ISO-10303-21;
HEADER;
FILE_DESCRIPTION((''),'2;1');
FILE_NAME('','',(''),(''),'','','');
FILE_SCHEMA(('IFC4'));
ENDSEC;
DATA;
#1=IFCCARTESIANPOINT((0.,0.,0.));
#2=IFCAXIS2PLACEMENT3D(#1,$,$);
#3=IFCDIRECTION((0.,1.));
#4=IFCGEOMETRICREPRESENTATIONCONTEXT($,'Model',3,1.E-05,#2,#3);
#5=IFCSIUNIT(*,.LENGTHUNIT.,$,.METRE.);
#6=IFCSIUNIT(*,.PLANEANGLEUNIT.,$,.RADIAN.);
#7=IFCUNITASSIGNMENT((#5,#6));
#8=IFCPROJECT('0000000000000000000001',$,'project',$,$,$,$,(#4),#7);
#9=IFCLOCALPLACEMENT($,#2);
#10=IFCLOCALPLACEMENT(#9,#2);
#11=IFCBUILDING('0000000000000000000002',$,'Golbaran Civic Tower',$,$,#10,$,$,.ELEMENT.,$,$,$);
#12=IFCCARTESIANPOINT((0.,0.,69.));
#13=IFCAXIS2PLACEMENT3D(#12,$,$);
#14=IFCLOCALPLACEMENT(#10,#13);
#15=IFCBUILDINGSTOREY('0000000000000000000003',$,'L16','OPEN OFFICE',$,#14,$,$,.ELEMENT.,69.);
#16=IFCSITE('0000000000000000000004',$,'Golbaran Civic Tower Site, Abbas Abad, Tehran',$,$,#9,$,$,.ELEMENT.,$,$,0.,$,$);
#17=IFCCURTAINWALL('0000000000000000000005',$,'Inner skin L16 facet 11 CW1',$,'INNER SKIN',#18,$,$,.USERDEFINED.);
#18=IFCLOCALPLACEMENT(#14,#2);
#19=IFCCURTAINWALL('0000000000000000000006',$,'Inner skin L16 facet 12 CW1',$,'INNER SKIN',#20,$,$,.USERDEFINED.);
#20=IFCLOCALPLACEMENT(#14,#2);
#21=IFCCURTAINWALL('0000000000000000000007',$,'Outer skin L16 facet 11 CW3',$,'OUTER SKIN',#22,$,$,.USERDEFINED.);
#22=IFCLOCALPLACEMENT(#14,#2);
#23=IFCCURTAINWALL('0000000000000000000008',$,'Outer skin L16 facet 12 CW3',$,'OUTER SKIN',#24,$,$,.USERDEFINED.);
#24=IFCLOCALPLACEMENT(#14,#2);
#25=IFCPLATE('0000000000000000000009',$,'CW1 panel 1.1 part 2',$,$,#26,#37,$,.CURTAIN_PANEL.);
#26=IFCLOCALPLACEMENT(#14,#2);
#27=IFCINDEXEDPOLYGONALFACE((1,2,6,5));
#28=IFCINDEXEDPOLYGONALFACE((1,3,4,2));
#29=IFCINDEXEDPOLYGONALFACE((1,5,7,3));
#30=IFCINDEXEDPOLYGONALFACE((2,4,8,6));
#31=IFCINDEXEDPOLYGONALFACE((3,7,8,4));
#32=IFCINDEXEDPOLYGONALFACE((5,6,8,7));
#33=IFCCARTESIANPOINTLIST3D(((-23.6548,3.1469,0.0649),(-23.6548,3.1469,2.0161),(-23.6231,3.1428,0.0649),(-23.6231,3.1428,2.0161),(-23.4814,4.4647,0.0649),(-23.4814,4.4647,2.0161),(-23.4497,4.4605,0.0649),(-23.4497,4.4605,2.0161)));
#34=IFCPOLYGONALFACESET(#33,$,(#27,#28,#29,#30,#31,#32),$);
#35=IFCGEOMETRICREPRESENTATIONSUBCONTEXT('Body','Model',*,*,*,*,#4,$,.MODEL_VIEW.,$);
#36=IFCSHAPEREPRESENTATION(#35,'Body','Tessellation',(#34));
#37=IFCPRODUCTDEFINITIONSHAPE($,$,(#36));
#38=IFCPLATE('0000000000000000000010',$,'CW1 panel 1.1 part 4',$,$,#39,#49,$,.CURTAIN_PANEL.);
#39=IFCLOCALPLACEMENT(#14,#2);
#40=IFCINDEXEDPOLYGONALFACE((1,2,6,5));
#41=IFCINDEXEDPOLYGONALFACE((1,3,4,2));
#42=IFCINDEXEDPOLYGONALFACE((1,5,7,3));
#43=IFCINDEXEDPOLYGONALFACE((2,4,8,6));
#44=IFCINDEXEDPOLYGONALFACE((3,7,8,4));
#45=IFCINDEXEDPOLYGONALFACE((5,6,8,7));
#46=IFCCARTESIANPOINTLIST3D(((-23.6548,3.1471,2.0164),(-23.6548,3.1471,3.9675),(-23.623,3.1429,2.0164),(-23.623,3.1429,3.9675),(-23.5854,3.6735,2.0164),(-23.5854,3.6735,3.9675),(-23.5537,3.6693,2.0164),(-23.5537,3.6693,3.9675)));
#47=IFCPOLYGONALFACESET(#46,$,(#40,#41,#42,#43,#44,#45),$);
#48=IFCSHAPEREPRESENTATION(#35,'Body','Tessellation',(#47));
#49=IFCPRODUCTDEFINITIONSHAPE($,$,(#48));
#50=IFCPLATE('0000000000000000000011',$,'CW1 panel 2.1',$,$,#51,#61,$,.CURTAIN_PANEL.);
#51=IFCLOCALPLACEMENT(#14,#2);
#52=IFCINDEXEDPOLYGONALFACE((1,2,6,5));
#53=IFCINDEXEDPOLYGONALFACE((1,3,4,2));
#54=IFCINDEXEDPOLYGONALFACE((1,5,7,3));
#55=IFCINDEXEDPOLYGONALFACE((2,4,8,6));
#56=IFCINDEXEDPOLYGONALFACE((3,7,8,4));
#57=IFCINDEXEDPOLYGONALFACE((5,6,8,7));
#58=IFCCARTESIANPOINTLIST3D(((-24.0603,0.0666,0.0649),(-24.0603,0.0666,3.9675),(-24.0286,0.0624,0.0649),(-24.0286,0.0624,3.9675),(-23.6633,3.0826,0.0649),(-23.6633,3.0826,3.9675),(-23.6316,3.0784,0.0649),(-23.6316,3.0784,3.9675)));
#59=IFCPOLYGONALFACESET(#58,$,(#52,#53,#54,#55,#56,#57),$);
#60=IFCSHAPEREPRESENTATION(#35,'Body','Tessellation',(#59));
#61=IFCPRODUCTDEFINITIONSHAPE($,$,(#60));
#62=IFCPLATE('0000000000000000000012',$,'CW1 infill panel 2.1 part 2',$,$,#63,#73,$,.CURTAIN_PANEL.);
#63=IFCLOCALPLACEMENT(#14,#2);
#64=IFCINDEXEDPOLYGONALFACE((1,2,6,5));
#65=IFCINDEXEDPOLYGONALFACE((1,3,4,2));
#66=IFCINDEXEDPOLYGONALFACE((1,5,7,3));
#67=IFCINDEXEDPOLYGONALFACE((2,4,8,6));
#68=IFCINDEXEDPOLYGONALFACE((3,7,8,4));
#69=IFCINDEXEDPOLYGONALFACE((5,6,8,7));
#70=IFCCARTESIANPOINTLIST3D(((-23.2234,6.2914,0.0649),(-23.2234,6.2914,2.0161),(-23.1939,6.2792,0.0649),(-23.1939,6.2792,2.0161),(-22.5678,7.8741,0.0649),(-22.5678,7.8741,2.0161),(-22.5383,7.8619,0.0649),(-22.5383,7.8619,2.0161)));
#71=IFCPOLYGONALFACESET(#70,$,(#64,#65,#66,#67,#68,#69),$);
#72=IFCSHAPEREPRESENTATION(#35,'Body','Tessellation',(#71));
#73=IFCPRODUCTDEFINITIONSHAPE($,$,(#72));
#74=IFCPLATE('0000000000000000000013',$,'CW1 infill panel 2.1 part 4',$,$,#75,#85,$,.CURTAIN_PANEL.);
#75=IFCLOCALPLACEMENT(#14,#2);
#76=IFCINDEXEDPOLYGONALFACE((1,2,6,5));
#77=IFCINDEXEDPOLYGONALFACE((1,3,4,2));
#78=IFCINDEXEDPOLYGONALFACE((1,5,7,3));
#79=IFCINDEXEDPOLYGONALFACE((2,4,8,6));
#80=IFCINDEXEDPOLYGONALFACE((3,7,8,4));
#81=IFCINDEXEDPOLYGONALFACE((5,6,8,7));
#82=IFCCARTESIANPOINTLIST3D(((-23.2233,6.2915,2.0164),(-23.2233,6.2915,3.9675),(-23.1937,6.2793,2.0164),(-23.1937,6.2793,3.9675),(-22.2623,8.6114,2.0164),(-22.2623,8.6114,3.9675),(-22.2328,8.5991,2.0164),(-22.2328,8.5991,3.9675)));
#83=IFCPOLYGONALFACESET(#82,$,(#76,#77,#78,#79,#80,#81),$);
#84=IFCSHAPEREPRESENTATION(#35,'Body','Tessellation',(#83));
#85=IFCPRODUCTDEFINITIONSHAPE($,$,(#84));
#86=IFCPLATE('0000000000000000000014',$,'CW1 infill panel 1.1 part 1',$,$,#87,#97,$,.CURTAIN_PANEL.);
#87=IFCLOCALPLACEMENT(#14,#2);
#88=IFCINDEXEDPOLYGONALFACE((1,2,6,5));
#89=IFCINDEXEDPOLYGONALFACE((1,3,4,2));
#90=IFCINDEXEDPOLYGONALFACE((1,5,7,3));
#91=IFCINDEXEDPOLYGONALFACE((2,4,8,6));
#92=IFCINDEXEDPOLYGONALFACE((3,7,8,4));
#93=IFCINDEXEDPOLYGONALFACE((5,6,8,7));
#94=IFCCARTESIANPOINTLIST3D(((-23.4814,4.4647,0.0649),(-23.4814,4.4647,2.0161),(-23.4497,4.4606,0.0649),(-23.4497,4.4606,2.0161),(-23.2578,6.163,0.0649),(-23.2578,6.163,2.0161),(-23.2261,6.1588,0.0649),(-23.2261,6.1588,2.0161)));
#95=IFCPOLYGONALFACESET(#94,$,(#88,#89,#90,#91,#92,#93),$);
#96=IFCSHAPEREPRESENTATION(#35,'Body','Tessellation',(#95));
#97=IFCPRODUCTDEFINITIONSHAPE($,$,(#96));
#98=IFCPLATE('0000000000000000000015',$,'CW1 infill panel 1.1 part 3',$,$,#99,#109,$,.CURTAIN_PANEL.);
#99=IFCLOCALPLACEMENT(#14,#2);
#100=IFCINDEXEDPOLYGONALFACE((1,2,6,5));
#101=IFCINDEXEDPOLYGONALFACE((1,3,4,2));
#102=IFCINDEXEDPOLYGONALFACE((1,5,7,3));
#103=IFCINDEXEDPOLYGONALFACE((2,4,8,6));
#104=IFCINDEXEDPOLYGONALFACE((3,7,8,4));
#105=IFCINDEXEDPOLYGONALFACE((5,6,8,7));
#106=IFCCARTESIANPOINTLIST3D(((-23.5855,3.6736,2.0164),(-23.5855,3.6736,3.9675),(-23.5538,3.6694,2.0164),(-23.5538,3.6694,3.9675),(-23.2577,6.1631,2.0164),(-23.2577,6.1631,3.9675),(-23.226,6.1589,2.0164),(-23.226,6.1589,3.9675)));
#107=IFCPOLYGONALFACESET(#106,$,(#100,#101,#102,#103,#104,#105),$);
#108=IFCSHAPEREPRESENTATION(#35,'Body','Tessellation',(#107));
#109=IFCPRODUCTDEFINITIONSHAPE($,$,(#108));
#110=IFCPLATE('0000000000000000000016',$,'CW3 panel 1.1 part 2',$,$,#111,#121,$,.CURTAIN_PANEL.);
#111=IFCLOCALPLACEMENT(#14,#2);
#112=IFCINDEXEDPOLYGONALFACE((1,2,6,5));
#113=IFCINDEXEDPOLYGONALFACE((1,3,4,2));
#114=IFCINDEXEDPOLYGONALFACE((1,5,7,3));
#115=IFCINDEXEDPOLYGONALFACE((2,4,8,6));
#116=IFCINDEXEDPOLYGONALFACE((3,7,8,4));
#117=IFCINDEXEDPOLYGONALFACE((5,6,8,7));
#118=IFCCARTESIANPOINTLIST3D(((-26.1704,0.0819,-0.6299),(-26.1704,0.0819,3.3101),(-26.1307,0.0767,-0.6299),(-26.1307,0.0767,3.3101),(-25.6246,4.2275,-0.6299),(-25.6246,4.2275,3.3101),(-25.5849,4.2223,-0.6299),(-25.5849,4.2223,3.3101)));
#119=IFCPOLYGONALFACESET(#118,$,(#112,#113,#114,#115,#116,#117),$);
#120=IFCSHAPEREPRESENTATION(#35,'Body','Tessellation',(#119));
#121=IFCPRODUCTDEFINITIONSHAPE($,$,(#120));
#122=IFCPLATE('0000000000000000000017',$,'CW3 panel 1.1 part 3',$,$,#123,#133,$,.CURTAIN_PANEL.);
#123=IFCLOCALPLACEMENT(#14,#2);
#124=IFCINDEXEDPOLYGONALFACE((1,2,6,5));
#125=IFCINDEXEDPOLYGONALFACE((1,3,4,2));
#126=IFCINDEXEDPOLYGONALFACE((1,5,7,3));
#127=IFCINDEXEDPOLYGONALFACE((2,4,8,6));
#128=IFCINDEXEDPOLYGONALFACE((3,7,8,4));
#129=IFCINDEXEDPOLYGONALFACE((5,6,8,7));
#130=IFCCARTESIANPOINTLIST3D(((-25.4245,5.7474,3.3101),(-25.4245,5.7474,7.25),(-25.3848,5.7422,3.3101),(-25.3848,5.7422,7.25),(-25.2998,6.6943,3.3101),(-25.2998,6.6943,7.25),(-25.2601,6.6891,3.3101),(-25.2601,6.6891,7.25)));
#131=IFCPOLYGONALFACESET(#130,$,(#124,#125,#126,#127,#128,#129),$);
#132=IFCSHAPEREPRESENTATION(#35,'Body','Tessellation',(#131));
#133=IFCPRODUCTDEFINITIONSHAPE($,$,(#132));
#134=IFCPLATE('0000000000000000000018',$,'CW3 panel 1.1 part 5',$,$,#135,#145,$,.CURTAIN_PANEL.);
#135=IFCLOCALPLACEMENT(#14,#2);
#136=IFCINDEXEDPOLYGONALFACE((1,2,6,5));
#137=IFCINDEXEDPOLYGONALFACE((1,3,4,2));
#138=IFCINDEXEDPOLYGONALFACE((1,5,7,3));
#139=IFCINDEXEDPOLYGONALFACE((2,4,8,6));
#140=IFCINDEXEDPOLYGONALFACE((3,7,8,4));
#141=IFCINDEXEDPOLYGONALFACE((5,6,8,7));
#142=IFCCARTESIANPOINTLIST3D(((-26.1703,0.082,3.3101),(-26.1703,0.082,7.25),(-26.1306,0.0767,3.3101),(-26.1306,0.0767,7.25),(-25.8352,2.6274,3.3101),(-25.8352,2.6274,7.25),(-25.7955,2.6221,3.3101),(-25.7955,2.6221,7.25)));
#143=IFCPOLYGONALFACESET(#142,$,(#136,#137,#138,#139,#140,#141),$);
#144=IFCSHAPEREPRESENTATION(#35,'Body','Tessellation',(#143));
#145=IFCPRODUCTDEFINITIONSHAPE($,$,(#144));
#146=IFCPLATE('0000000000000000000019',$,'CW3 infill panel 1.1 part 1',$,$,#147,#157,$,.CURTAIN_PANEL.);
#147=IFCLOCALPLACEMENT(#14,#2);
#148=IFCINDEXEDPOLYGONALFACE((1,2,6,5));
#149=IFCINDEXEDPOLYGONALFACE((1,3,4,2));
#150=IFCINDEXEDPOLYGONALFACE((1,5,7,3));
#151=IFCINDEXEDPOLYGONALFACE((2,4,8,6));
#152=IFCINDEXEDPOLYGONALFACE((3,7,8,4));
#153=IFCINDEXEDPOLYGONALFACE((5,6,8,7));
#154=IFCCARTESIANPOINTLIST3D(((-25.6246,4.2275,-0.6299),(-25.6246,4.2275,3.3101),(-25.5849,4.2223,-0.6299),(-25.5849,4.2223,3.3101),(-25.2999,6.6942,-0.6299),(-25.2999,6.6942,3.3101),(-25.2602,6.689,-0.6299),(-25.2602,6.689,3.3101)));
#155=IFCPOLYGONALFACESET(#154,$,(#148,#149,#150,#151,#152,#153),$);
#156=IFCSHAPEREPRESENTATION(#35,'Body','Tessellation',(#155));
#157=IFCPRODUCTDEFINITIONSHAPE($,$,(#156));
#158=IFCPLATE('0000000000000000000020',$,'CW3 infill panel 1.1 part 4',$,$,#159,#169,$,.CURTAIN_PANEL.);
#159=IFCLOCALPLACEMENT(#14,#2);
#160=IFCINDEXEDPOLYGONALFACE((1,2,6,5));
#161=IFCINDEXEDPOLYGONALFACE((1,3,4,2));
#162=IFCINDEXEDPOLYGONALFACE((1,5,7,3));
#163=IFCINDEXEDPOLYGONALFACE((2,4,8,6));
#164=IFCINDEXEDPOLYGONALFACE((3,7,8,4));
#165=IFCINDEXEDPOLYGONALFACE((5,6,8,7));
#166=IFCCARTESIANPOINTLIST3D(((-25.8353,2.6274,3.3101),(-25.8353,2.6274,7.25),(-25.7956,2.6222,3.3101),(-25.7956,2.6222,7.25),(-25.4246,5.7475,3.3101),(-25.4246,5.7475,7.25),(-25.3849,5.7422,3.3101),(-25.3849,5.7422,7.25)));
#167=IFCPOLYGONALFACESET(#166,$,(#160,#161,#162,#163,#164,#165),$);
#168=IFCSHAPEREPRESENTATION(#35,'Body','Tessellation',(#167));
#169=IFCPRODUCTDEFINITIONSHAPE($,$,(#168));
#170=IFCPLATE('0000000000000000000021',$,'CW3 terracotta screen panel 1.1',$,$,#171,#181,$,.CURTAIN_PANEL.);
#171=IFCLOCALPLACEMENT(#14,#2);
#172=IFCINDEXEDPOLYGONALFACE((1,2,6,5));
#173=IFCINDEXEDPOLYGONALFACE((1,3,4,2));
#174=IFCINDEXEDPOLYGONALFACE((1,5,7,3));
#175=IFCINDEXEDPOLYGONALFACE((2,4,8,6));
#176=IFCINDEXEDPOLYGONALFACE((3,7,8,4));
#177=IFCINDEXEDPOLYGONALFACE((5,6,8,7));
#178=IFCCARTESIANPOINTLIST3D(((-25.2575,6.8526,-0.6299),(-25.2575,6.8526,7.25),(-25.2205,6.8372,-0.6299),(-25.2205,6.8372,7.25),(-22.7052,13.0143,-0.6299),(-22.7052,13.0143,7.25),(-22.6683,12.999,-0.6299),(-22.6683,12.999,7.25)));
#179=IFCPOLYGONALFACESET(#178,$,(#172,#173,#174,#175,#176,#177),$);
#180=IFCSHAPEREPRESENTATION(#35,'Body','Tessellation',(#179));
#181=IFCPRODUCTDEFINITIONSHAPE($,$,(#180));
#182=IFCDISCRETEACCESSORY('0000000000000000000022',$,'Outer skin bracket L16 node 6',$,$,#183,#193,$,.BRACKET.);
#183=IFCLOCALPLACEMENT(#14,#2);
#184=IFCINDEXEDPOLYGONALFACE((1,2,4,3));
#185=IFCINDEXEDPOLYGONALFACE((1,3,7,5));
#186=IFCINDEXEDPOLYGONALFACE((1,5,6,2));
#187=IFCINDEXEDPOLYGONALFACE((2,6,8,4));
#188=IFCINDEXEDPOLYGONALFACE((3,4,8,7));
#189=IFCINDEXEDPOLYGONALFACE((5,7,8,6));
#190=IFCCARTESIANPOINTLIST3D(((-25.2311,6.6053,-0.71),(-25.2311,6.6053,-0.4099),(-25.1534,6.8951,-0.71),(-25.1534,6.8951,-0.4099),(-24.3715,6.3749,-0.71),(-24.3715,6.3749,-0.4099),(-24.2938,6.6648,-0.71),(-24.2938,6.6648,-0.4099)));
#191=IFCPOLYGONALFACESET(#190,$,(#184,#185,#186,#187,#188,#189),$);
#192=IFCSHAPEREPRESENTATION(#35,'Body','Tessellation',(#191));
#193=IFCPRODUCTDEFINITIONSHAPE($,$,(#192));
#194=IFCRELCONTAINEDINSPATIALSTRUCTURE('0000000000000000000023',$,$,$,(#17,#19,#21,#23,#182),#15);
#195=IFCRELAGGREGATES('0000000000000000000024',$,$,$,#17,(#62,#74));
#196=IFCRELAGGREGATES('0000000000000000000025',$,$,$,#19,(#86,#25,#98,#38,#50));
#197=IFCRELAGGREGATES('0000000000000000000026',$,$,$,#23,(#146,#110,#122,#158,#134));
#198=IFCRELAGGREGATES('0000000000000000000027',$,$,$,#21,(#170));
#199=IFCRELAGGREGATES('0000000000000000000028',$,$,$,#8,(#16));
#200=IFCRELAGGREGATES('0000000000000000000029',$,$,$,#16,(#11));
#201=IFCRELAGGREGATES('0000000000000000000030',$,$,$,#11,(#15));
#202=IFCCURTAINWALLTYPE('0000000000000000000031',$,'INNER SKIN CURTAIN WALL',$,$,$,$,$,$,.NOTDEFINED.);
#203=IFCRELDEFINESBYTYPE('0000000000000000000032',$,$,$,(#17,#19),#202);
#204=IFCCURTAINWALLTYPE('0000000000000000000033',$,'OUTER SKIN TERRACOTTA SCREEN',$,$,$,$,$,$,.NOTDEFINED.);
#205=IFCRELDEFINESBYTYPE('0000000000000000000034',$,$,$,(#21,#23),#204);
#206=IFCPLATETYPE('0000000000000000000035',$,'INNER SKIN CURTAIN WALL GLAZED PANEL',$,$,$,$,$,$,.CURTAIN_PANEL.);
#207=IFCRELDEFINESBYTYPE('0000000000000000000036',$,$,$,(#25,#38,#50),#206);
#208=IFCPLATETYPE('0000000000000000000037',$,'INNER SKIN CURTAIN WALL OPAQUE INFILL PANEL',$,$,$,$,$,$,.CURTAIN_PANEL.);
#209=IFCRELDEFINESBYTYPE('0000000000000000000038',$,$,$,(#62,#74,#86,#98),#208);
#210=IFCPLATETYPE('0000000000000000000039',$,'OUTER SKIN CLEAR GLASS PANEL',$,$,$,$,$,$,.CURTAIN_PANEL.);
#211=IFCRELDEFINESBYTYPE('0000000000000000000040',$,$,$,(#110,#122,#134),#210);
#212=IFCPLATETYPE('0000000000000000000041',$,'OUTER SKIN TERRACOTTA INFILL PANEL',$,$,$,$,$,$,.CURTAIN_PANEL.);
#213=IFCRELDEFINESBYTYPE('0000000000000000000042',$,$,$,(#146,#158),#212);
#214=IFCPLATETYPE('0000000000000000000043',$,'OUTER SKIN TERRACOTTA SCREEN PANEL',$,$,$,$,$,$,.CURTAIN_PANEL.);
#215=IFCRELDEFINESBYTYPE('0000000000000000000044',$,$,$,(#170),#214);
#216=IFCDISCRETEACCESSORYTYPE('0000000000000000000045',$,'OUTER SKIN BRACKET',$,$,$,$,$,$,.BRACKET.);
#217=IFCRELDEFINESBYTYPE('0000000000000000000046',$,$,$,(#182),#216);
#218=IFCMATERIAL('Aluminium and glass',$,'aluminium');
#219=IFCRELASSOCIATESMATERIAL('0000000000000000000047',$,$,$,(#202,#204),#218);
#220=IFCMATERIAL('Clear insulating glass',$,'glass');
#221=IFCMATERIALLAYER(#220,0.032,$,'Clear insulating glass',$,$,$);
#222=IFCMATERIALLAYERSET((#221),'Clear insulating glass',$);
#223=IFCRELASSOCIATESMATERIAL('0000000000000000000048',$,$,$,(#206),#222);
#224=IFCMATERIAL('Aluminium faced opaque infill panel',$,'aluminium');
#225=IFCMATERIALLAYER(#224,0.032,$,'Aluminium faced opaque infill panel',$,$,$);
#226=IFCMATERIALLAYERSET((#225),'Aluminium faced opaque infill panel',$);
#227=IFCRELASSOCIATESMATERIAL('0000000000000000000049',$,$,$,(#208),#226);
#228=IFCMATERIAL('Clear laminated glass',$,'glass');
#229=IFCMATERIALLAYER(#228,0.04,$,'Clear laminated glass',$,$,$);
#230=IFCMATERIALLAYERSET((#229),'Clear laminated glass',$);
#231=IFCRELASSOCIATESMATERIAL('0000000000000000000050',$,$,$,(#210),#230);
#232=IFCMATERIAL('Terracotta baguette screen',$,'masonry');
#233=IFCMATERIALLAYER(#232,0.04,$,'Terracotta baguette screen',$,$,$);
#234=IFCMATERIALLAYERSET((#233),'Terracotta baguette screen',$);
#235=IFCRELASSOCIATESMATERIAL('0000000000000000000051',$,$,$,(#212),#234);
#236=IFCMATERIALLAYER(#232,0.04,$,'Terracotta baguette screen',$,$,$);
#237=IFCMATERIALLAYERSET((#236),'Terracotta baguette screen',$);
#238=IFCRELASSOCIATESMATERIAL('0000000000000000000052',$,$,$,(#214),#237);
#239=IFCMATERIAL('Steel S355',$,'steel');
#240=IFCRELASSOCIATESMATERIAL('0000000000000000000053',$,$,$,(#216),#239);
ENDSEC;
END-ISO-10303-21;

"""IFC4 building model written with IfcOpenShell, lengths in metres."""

from ifc_helpers import new_model, si_unit, direction, frame, origin, origin_2d, place, context, subcontext, project, spatial, rectangle, extrude, material, layer, layer_set, type_object, element, aggregate, save


model = new_model("IFC4")

# Units and contexts
model_context = context("Model", 3, precision=1e-05, world=origin(), true_north=direction((0.0, 1.0)))
body_context = subcontext(model_context, "Body", "Model", "MODEL_VIEW")
ifc_project = project(units=[si_unit("LENGTHUNIT", "METRE"), si_unit("PLANEANGLEUNIT", "RADIAN")], contexts=[model_context])

# Site, building, storey
site_placement = place(None, origin())
site = spatial("IfcSite", under=ifc_project, at=site_placement, Name="Golbaran Civic Tower Site, Abbas Abad, Tehran", CompositionType="ELEMENT", RefElevation=0.0)
building_placement = place(site_placement, origin())
building = spatial("IfcBuilding", under=site, at=building_placement, Name="Golbaran Civic Tower", CompositionType="ELEMENT")
storey_placement = place(building_placement, frame((0.0, 0.0, 69.0)))
storey = spatial("IfcBuildingStorey", under=building, at=storey_placement, Name="L16", Description="OPEN OFFICE", CompositionType="ELEMENT", Elevation=69.0)

# Shared definitions
ifc_material_1 = material(Name="Steel S355", Category="steel")

# Curtain walls
ifc_material_2 = material(Name="Aluminium and glass", Category="aluminium")
curtain_wall_type_1 = type_object("IfcCurtainWallType", Name="INNER SKIN CURTAIN WALL", PredefinedType="NOTDEFINED", material=ifc_material_2)
curtain_wall_1_placement = place(storey_placement, origin())
curtain_wall_1 = element("IfcCurtainWall", 1, at=curtain_wall_1_placement, inside=storey, type_object=curtain_wall_type_1, Name="Inner skin L16 facet 11 CW1", ObjectType="INNER SKIN", PredefinedType="USERDEFINED")
curtain_wall_2_placement = place(storey_placement, origin())
curtain_wall_2 = element("IfcCurtainWall", 2, at=curtain_wall_2_placement, inside=storey, type_object=curtain_wall_type_1, Name="Inner skin L16 facet 12 CW1", ObjectType="INNER SKIN", PredefinedType="USERDEFINED")

# Curtain wall
curtain_wall_type_2 = type_object("IfcCurtainWallType", Name="OUTER SKIN TERRACOTTA SCREEN", PredefinedType="NOTDEFINED", material=ifc_material_2)
curtain_wall_3_placement = place(storey_placement, origin())
curtain_wall_3 = element("IfcCurtainWall", 3, at=curtain_wall_3_placement, inside=storey, type_object=curtain_wall_type_2, Name="Outer skin L16 facet 11 CW3", ObjectType="OUTER SKIN", PredefinedType="USERDEFINED")

# Curtain wall
curtain_wall_4_placement = place(storey_placement, origin())
curtain_wall_4 = element("IfcCurtainWall", 4, at=curtain_wall_4_placement, inside=storey, type_object=curtain_wall_type_2, Name="Outer skin L16 facet 12 CW3", ObjectType="OUTER SKIN", PredefinedType="USERDEFINED")

# Plates
ifc_material_3 = material(Name="Clear insulating glass", Category="glass")
ifc_layer_1 = layer(ifc_material_3, 0.032, Name="Clear insulating glass")
ifc_layer_set_1 = layer_set([ifc_layer_1], Name="Clear insulating glass")
plate_type_1 = type_object("IfcPlateType", Name="INNER SKIN CURTAIN WALL GLAZED PANEL", PredefinedType="CURTAIN_PANEL", material=ifc_layer_set_1)
plate_1_placement = place(storey_placement, frame((-23.5522, 3.8037, 0.0649), z_axis=(0.0, 0.0, 1.0), x_axis=(-0.130526, -0.991445, 0.0)))
plate_1 = element("IfcPlate", 5, at=plate_1_placement, type_object=plate_type_1, Name="CW1 panel 1.1 part 2", PredefinedType="CURTAIN_PANEL", context=body_context, shape_type="SweptSolid", body=[
    extrude(rectangle(XDim=1.3291, YDim=0.032, at=origin_2d()), origin(), (0.0, 0.0, 1.0), 1.9512),
])
plate_2_placement = place(storey_placement, frame((-23.6042, 3.4082, 2.0164), z_axis=(0.0, 0.0, 1.0), x_axis=(-0.130526, -0.991445, 0.0)))
plate_2 = element("IfcPlate", 6, at=plate_2_placement, type_object=plate_type_1, Name="CW1 panel 1.1 part 4", PredefinedType="CURTAIN_PANEL", context=body_context, shape_type="SweptSolid", body=[
    extrude(rectangle(XDim=0.531, YDim=0.032, at=origin_2d()), origin(), (0.0, 0.0, 1.0), 1.9512),
])
plate_3_placement = place(storey_placement, frame((-23.8459, 1.5725, 0.0649), z_axis=(0.0, 0.0, 1.0), x_axis=(-0.130526, -0.991445, 0.0)))
plate_3 = element("IfcPlate", 7, at=plate_3_placement, type_object=plate_type_1, Name="CW1 panel 2.1", PredefinedType="CURTAIN_PANEL", context=body_context, shape_type="SweptSolid", body=[
    extrude(rectangle(XDim=3.042, YDim=0.032, at=origin_2d()), origin(), (0.0, 0.0, 1.0), 3.9026),
])
ifc_material_4 = material(Name="Aluminium faced opaque infill panel", Category="aluminium")
ifc_layer_2 = layer(ifc_material_4, 0.032, Name="Aluminium faced opaque infill panel")
ifc_layer_set_2 = layer_set([ifc_layer_2], Name="Aluminium faced opaque infill panel")
plate_type_2 = type_object("IfcPlateType", Name="INNER SKIN CURTAIN WALL OPAQUE INFILL PANEL", PredefinedType="CURTAIN_PANEL", material=ifc_layer_set_2)
plate_4_placement = place(storey_placement, frame((-22.8809, 7.0767, 0.0649), z_axis=(0.0, 0.0, 1.0), x_axis=(-0.382683, -0.92388, 0.0)))
plate_4 = element("IfcPlate", 8, at=plate_4_placement, type_object=plate_type_2, Name="CW1 infill panel 2.1 part 2", PredefinedType="CURTAIN_PANEL", context=body_context, shape_type="SweptSolid", body=[
    extrude(rectangle(XDim=1.7131, YDim=0.032, at=origin_2d()), origin(), (0.0, 0.0, 1.0), 1.9512),
])
plate_5_placement = place(storey_placement, frame((-22.728, 7.4453, 2.0164), z_axis=(0.0, 0.0, 1.0), x_axis=(-0.382683, -0.92388, 0.0)))
plate_5 = element("IfcPlate", 9, at=plate_5_placement, type_object=plate_type_2, Name="CW1 infill panel 2.1 part 4", PredefinedType="CURTAIN_PANEL", context=body_context, shape_type="SweptSolid", body=[
    extrude(rectangle(XDim=2.511, YDim=0.032, at=origin_2d()), origin(), (0.0, 0.0, 1.0), 1.9512),
])
aggregate(curtain_wall_1, [plate_4, plate_5])
plate_6_placement = place(storey_placement, frame((-23.3538, 5.3118, 0.0649), z_axis=(0.0, 0.0, 1.0), x_axis=(-0.130526, -0.991445, 0.0)))
plate_6 = element("IfcPlate", 10, at=plate_6_placement, type_object=plate_type_2, Name="CW1 infill panel 1.1 part 1", PredefinedType="CURTAIN_PANEL", context=body_context, shape_type="SweptSolid", body=[
    extrude(rectangle(XDim=1.7129, YDim=0.032, at=origin_2d()), origin(), (0.0, 0.0, 1.0), 1.9512),
])
plate_7_placement = place(storey_placement, frame((-23.4058, 4.9163, 2.0164), z_axis=(0.0, 0.0, 1.0), x_axis=(-0.130526, -0.991445, 0.0)))
plate_7 = element("IfcPlate", 11, at=plate_7_placement, type_object=plate_type_2, Name="CW1 infill panel 1.1 part 3", PredefinedType="CURTAIN_PANEL", context=body_context, shape_type="SweptSolid", body=[
    extrude(rectangle(XDim=2.511, YDim=0.032, at=origin_2d()), origin(), (0.0, 0.0, 1.0), 1.9512),
])
aggregate(curtain_wall_2, [plate_6, plate_1, plate_7, plate_2, plate_3])
ifc_material_5 = material(Name="Clear laminated glass", Category="glass")
ifc_layer_3 = layer(ifc_material_5, 0.04, Name="Clear laminated glass")
ifc_layer_set_3 = layer_set([ifc_layer_3], Name="Clear laminated glass")
plate_type_3 = type_object("IfcPlateType", Name="OUTER SKIN CLEAR GLASS PANEL", PredefinedType="CURTAIN_PANEL", material=ifc_layer_set_3)
plate_8_placement = place(storey_placement, frame((-25.8777, 2.1521, -0.6299), z_axis=(0.0, 0.0, 1.0), x_axis=(-0.130526, -0.991445, 0.0)))
plate_8 = element("IfcPlate", 12, at=plate_8_placement, type_object=plate_type_3, Name="CW3 panel 1.1 part 2", PredefinedType="CURTAIN_PANEL", context=body_context, shape_type="SweptSolid", body=[
    extrude(rectangle(XDim=4.1814, YDim=0.04, at=origin_2d()), origin(), (0.0, 0.0, 1.0), 3.9399),
])
plate_9_placement = place(storey_placement, frame((-25.3423, 6.2183, 3.3101), z_axis=(0.0, 0.0, 1.0), x_axis=(-0.130526, -0.991445, 0.0)))
plate_9 = element("IfcPlate", 13, at=plate_9_placement, type_object=plate_type_3, Name="CW3 panel 1.1 part 3", PredefinedType="CURTAIN_PANEL", context=body_context, shape_type="SweptSolid", body=[
    extrude(rectangle(XDim=0.9551, YDim=0.04, at=origin_2d()), origin(), (0.0, 0.0, 1.0), 3.9399),
])
plate_10_placement = place(storey_placement, frame((-25.9829, 1.3521, 3.3101), z_axis=(0.0, 0.0, 1.0), x_axis=(-0.130526, -0.991445, 0.0)))
plate_10 = element("IfcPlate", 14, at=plate_10_placement, type_object=plate_type_3, Name="CW3 panel 1.1 part 5", PredefinedType="CURTAIN_PANEL", context=body_context, shape_type="SweptSolid", body=[
    extrude(rectangle(XDim=2.5674, YDim=0.04, at=origin_2d()), origin(), (0.0, 0.0, 1.0), 3.9399),
])
ifc_material_6 = material(Name="Terracotta baguette screen", Category="masonry")
ifc_layer_4 = layer(ifc_material_6, 0.04, Name="Terracotta baguette screen")
ifc_layer_set_4 = layer_set([ifc_layer_4], Name="Terracotta baguette screen")
plate_type_4 = type_object("IfcPlateType", Name="OUTER SKIN TERRACOTTA INFILL PANEL", PredefinedType="CURTAIN_PANEL", material=ifc_layer_set_4)
plate_11_placement = place(storey_placement, frame((-25.4424, 5.4583, -0.6299), z_axis=(0.0, 0.0, 1.0), x_axis=(-0.130526, -0.991445, 0.0)))
plate_11 = element("IfcPlate", 15, at=plate_11_placement, type_object=plate_type_4, Name="CW3 infill panel 1.1 part 1", PredefinedType="CURTAIN_PANEL", context=body_context, shape_type="SweptSolid", body=[
    extrude(rectangle(XDim=2.488, YDim=0.04, at=origin_2d()), origin(), (0.0, 0.0, 1.0), 3.9399),
])
plate_12_placement = place(storey_placement, frame((-25.6101, 4.1848, 3.3101), z_axis=(0.0, 0.0, 1.0), x_axis=(-0.130526, -0.991445, 0.0)))
plate_12 = element("IfcPlate", 16, at=plate_12_placement, type_object=plate_type_4, Name="CW3 infill panel 1.1 part 4", PredefinedType="CURTAIN_PANEL", context=body_context, shape_type="SweptSolid", body=[
    extrude(rectangle(XDim=3.147, YDim=0.04, at=origin_2d()), origin(), (0.0, 0.0, 1.0), 3.9399),
])
aggregate(curtain_wall_4, [plate_11, plate_8, plate_9, plate_12, plate_10])
ifc_layer_5 = layer(ifc_material_6, 0.04, Name="Terracotta baguette screen")
ifc_layer_set_5 = layer_set([ifc_layer_5], Name="Terracotta baguette screen")
plate_type_5 = type_object("IfcPlateType", Name="OUTER SKIN TERRACOTTA SCREEN PANEL", PredefinedType="CURTAIN_PANEL", material=ifc_layer_set_5)
plate_13_placement = place(storey_placement, frame((-23.9629, 9.9258, -0.6299), z_axis=(0.0, 0.0, 1.0), x_axis=(-0.382683, -0.92388, 0.0)))
plate_13 = element("IfcPlate", 17, at=plate_13_placement, type_object=plate_type_5, Name="CW3 terracotta screen panel 1.1", PredefinedType="CURTAIN_PANEL", context=body_context, shape_type="SweptSolid", body=[
    extrude(rectangle(XDim=6.6694, YDim=0.04, at=origin_2d()), origin(), (0.0, 0.0, 1.0), 7.8799),
])
aggregate(curtain_wall_3, [plate_13])

# Discrete accessory
discrete_accessory_type = type_object("IfcDiscreteAccessoryType", Name="OUTER SKIN BRACKET", PredefinedType="BRACKET", material=ifc_material_1)
discrete_accessory_placement = place(storey_placement, frame((-24.7625, 6.635, -0.71), z_axis=(0.0, 0.0, 1.0), x_axis=(-0.965926, 0.258819, 0.0)))
element("IfcDiscreteAccessory", 18, at=discrete_accessory_placement, inside=storey, type_object=discrete_accessory_type, Name="Outer skin bracket L16 node 6", PredefinedType="BRACKET", context=body_context, shape_type="SweptSolid", body=[
    extrude(rectangle(XDim=0.8899, YDim=0.3, at=origin_2d()), origin(), (0.0, 0.0, 1.0), 0.3),
])

save(model, "model.ifc")
